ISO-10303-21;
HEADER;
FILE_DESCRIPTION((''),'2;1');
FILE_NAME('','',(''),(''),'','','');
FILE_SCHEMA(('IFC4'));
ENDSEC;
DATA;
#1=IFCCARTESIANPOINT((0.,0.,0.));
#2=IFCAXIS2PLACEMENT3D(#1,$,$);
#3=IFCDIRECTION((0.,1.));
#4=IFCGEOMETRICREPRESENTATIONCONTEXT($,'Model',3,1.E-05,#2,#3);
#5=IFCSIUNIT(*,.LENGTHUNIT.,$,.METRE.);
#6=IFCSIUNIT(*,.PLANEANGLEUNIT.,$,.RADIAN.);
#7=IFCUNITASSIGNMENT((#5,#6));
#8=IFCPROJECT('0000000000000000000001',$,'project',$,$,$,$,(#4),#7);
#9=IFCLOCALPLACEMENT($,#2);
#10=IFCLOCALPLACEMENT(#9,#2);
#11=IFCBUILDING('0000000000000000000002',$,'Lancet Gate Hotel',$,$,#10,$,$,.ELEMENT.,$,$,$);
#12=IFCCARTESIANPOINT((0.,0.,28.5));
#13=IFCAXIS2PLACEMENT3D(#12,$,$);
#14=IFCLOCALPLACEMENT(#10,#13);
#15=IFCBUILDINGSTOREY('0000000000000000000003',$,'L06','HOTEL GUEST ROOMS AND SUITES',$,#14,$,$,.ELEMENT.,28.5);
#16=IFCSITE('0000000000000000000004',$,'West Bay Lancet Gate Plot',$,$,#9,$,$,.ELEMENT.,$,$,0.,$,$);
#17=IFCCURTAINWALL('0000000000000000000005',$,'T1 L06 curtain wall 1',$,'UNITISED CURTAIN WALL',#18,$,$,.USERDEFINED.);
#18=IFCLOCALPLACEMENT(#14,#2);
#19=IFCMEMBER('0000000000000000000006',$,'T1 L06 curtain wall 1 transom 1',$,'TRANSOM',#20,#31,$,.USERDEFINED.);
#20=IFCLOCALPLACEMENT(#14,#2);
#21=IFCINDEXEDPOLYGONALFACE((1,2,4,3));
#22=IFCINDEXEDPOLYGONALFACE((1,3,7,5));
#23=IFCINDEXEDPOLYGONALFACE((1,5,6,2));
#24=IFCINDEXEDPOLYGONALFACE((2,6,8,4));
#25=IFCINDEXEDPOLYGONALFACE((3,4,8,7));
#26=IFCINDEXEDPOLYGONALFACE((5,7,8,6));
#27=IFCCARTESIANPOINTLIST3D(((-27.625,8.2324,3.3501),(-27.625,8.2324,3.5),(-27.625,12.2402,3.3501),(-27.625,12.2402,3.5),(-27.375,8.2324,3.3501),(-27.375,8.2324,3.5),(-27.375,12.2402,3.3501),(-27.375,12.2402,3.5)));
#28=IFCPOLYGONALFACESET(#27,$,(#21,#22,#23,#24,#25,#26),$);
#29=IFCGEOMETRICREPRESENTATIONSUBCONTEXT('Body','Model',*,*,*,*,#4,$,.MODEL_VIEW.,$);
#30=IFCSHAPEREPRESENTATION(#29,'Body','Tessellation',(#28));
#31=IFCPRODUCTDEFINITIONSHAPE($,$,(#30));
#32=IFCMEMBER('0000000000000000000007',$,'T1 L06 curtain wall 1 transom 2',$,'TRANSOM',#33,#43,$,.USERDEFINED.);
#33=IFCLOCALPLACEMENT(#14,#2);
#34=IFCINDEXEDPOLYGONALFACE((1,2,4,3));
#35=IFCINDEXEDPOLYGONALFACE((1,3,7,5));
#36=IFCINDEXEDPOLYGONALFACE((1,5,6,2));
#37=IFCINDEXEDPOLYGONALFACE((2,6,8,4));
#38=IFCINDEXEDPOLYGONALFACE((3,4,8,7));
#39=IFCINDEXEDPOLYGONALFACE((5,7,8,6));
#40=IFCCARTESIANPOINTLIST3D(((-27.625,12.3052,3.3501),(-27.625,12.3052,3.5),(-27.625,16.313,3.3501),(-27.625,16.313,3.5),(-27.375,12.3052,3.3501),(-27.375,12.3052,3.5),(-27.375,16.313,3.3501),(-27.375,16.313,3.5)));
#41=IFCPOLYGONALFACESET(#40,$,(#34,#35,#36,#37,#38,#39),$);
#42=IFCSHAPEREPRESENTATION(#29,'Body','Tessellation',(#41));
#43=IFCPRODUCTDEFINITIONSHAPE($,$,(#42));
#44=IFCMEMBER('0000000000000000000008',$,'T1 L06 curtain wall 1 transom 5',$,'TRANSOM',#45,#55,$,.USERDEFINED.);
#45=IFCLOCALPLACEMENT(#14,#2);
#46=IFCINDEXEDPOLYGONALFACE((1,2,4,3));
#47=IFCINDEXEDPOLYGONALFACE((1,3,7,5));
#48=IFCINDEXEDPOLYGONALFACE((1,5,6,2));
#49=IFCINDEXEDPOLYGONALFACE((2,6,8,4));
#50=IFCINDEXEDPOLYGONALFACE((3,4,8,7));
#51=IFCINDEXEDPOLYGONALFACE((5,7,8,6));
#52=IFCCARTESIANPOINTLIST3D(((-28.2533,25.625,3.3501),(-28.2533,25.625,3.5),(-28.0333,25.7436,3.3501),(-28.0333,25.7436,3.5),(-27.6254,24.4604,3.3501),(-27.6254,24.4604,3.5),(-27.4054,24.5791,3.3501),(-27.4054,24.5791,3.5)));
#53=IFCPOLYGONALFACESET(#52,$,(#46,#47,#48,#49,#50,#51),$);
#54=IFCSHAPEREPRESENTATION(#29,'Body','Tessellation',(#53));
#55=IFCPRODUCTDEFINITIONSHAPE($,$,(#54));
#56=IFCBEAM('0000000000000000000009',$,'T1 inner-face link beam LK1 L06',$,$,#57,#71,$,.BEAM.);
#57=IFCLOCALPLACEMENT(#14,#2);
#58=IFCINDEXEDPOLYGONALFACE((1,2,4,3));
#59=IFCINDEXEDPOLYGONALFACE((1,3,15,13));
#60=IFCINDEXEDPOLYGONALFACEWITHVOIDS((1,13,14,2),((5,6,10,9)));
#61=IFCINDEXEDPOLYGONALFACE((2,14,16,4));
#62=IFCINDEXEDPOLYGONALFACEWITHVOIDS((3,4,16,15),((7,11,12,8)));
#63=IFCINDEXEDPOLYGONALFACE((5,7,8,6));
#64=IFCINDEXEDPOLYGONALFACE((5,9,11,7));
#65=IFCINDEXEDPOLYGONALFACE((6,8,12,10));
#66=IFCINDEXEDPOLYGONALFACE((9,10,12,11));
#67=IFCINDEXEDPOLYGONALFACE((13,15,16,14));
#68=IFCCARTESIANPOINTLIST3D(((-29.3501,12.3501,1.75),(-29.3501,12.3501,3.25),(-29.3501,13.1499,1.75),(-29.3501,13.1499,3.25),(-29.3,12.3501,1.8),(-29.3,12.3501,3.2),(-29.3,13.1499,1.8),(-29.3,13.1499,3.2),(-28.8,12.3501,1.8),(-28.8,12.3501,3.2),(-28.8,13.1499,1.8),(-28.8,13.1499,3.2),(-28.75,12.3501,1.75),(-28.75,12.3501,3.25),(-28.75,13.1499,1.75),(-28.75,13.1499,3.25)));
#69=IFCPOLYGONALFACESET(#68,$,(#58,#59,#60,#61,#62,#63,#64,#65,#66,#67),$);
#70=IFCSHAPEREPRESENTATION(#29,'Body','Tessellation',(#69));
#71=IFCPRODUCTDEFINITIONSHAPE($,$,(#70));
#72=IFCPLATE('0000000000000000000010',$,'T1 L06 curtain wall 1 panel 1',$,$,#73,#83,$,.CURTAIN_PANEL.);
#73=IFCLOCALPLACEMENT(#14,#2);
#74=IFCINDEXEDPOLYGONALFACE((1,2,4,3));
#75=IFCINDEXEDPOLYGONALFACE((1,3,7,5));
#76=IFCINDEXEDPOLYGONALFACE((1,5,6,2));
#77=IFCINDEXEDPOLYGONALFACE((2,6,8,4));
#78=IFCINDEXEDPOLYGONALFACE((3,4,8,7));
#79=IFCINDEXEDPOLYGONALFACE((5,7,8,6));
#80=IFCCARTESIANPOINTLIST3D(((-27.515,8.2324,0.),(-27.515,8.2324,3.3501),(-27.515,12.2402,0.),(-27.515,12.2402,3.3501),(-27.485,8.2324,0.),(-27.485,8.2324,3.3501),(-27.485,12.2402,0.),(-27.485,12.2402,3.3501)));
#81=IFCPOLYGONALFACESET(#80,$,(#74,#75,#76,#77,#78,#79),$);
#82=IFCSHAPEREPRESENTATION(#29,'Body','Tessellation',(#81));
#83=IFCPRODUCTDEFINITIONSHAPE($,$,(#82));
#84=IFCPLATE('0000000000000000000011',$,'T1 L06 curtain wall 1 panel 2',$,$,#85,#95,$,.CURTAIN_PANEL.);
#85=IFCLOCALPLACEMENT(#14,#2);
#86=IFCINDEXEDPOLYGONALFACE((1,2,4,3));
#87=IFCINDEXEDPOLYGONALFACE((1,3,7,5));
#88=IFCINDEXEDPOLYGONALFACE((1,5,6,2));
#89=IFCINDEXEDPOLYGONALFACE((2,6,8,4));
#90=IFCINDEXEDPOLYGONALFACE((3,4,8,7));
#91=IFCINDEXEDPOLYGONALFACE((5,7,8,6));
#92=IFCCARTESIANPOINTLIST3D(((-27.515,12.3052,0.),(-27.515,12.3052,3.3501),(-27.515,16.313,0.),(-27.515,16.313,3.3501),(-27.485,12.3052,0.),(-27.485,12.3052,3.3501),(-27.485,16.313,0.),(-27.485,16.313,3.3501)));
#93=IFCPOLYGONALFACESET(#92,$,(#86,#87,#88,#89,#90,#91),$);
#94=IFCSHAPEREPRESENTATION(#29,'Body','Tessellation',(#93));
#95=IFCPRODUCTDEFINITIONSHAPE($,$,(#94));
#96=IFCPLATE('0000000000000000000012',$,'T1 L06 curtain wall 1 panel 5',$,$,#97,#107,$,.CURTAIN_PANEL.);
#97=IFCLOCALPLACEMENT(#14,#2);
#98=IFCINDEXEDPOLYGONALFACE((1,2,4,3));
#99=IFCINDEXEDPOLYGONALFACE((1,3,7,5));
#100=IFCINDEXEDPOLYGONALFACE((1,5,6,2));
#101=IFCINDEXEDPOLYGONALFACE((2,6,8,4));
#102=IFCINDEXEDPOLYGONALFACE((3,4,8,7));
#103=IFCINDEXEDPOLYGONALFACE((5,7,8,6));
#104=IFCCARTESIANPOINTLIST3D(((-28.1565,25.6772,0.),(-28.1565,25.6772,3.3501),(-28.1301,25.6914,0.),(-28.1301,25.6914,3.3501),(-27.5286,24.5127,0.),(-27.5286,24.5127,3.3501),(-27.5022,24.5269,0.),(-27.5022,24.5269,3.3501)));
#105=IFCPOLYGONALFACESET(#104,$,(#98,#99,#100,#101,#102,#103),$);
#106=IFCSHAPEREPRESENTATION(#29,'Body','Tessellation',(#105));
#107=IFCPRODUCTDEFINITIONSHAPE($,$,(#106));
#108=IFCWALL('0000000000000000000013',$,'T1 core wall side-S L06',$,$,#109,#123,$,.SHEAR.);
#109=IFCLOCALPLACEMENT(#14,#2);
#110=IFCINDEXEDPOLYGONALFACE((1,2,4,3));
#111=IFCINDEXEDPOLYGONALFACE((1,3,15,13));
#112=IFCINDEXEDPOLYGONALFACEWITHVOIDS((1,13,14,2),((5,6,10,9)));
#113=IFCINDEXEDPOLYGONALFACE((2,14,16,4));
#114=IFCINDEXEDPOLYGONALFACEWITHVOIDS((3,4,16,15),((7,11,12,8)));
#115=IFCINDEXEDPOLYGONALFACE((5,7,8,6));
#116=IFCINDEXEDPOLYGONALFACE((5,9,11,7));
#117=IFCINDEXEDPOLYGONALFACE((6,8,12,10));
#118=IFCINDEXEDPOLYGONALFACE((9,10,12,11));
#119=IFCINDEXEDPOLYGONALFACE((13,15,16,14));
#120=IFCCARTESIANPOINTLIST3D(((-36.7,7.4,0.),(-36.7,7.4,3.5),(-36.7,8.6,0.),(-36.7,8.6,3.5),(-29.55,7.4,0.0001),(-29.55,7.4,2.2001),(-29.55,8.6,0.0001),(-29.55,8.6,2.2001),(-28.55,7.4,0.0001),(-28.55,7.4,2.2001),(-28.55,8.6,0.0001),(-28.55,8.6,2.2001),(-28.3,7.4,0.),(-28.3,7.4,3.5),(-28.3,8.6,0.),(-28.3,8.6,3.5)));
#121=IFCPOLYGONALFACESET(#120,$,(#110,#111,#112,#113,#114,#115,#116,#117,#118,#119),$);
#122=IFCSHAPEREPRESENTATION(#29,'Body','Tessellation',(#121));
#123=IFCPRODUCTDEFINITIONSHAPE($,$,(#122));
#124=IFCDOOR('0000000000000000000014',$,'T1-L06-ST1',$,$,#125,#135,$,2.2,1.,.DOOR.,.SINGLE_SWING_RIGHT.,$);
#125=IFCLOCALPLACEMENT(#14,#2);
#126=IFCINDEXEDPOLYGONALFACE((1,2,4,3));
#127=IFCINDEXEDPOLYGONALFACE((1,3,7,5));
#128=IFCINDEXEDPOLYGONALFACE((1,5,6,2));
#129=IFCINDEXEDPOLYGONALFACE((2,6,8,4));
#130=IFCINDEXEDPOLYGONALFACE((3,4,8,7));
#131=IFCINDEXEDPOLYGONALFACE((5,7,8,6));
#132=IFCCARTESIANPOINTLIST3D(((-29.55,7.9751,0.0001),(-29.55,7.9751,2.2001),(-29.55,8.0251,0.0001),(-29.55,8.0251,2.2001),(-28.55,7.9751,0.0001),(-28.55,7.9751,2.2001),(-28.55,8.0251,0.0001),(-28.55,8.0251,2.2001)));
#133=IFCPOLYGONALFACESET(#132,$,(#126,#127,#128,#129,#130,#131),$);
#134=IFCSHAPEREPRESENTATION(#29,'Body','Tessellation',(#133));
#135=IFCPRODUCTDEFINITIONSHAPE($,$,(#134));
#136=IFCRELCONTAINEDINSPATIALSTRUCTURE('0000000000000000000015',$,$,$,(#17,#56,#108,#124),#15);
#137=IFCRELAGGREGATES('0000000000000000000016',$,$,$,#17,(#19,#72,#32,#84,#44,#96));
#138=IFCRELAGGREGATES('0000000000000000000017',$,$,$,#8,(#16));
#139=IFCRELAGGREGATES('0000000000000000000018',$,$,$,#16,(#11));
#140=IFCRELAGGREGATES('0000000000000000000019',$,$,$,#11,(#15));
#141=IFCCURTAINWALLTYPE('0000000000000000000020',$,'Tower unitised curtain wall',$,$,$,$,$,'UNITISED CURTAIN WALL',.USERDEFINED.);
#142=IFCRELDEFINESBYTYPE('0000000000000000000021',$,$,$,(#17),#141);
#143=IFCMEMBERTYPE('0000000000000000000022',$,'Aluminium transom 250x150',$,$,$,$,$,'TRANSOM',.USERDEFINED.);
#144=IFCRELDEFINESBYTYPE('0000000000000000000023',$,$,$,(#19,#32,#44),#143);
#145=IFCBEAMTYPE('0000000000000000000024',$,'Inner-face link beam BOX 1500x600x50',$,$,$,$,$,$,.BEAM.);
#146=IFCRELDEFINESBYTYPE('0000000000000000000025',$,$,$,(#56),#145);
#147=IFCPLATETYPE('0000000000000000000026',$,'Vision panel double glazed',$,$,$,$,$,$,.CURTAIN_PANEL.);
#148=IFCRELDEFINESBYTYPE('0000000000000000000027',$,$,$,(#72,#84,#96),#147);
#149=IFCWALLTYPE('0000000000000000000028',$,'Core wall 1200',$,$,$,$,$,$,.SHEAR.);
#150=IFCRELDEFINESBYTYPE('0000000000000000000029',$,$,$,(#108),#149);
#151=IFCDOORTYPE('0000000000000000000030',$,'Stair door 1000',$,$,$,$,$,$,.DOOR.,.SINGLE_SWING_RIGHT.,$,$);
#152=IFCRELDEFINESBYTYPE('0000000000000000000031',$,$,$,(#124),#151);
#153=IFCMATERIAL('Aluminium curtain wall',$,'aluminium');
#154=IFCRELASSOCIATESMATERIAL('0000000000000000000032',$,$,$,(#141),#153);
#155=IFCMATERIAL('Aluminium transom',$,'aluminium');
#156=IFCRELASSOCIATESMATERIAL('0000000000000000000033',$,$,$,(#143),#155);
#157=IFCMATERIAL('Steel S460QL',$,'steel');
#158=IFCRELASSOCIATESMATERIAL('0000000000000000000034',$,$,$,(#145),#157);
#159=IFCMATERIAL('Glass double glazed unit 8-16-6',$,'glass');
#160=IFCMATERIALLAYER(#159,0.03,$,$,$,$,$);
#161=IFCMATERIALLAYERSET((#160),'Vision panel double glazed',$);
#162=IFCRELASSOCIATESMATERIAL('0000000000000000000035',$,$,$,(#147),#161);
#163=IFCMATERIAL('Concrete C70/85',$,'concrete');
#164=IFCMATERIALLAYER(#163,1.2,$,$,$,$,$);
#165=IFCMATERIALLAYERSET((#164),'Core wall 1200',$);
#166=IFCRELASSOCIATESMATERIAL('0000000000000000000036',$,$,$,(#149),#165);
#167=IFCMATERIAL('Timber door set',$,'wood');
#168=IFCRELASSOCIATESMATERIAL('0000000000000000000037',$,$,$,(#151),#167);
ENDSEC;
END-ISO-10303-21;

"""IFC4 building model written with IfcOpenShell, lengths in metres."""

from ifc_helpers import new_model, si_unit, direction, frame, frame_2d, origin, origin_2d, place, context, subcontext, project, spatial, rectangle, hollow_rectangle, extrude, material, layer, layer_set, material_profile, profile_set, type_object, element, fill, aggregate, save


model = new_model("IFC4")

# Units and contexts
model_context = context("Model", 3, precision=1e-05, world=origin(), true_north=direction((0.0, 1.0)))
body_context = subcontext(model_context, "Body", "Model", "MODEL_VIEW")
ifc_project = project(units=[si_unit("LENGTHUNIT", "METRE"), si_unit("PLANEANGLEUNIT", "RADIAN")], contexts=[model_context])

# Site, building, storey
site_placement = place(None, origin())
site = spatial("IfcSite", under=ifc_project, at=site_placement, Name="West Bay Lancet Gate Plot", CompositionType="ELEMENT", RefElevation=0.0)
building_placement = place(site_placement, origin())
building = spatial("IfcBuilding", under=site, at=building_placement, Name="Lancet Gate Hotel", CompositionType="ELEMENT")
storey_placement = place(building_placement, frame((0.0, 0.0, 28.5)))
storey = spatial("IfcBuildingStorey", under=building, at=storey_placement, Name="L06", Description="HOTEL GUEST ROOMS AND SUITES", CompositionType="ELEMENT", Elevation=28.5)

# Curtain wall, members
ifc_material_1 = material(Name="Aluminium curtain wall", Category="aluminium")
curtain_wall_type = type_object("IfcCurtainWallType", Name="Tower unitised curtain wall", ElementType="UNITISED CURTAIN WALL", PredefinedType="USERDEFINED", material=ifc_material_1)
curtain_wall_placement = place(storey_placement, origin())
curtain_wall = element("IfcCurtainWall", 1, at=curtain_wall_placement, inside=storey, type_object=curtain_wall_type, Name="T1 L06 curtain wall 1", ObjectType="UNITISED CURTAIN WALL", PredefinedType="USERDEFINED")
ifc_material_2 = material(Name="Aluminium transom", Category="aluminium")
ifc_material_profile_1 = material_profile(ifc_material_2, rectangle(XDim=0.25, YDim=0.1499, at=origin_2d()), Name="TRANSOM 250x150")
ifc_profile_set_1 = profile_set([ifc_material_profile_1], Name="Aluminium transom")
member_type_1 = type_object("IfcMemberType", Name="Aluminium transom 250x150", ElementType="TRANSOM", PredefinedType="USERDEFINED", material=ifc_profile_set_1)
member_1_placement = place(storey_placement, frame((-27.5, 8.2324, 3.425), z_axis=(0.0, 1.0, 0.0), x_axis=(-1.0, 0.0, 0.0)))
member_1 = element("IfcMember", 2, at=member_1_placement, type_object=member_type_1, Name="T1 L06 curtain wall 1 transom 1", ObjectType="TRANSOM", PredefinedType="USERDEFINED", context=body_context, shape_type="SweptSolid", body=[
    extrude(rectangle(XDim=0.25, YDim=0.1499, at=origin_2d()), origin(), (0.0, 0.0, 1.0), 4.0078),
])
member_2_placement = place(storey_placement, frame((-27.5, 12.3052, 3.425), z_axis=(0.0, 1.0, 0.0), x_axis=(-1.0, 0.0, 0.0)))
member_2 = element("IfcMember", 3, at=member_2_placement, type_object=member_type_1, Name="T1 L06 curtain wall 1 transom 2", ObjectType="TRANSOM", PredefinedType="USERDEFINED", context=body_context, shape_type="SweptSolid", body=[
    extrude(rectangle(XDim=0.25, YDim=0.1499, at=origin_2d()), origin(), (0.0, 0.0, 1.0), 4.0078),
])
member_3_placement = place(storey_placement, frame((-27.5154, 24.5198, 3.425), z_axis=(-0.474606, 0.880198, 0.0), x_axis=(-0.880198, -0.474606, 0.0)))
member_3 = element("IfcMember", 4, at=member_3_placement, type_object=member_type_1, Name="T1 L06 curtain wall 1 transom 5", ObjectType="TRANSOM", PredefinedType="USERDEFINED", context=body_context, shape_type="SweptSolid", body=[
    extrude(rectangle(XDim=0.25, YDim=0.1499, at=origin_2d()), origin(), (0.0, 0.0, 1.0), 1.323),
])

# Beam
ifc_material_3 = material(Name="Steel S460QL", Category="steel")
ifc_material_profile_2 = material_profile(ifc_material_3, hollow_rectangle(XDim=0.6001, YDim=1.5, WallThickness=0.05, at=origin_2d()), Name="BOX 1500x600x50")
ifc_profile_set_2 = profile_set([ifc_material_profile_2], Name="Steel S460QL")
beam_type = type_object("IfcBeamType", Name="Inner-face link beam BOX 1500x600x50", PredefinedType="BEAM", material=ifc_profile_set_2)
beam_placement = place(storey_placement, frame((-29.05, 13.1499, 2.5), z_axis=(0.0, -1.0, 0.0), x_axis=(1.0, 0.0, 0.0)))
element("IfcBeam", 5, at=beam_placement, inside=storey, type_object=beam_type, Name="T1 inner-face link beam LK1 L06", PredefinedType="BEAM", context=body_context, shape_type="SweptSolid", body=[
    extrude(hollow_rectangle(XDim=0.6001, YDim=1.5, WallThickness=0.05, at=origin_2d()), origin(), (0.0, 0.0, 1.0), 0.7998),
])

# Plates
ifc_material_4 = material(Name="Glass double glazed unit 8-16-6", Category="glass")
ifc_layer_1 = layer(ifc_material_4, 0.03)
ifc_layer_set_1 = layer_set([ifc_layer_1], Name="Vision panel double glazed")
plate_type = type_object("IfcPlateType", Name="Vision panel double glazed", PredefinedType="CURTAIN_PANEL", material=ifc_layer_set_1)
plate_1_placement = place(storey_placement, frame((-27.5, 10.2363, 0.0), z_axis=(0.0, 0.0, 1.0), x_axis=(0.0, 1.0, 0.0)))
plate_1 = element("IfcPlate", 6, at=plate_1_placement, type_object=plate_type, Name="T1 L06 curtain wall 1 panel 1", PredefinedType="CURTAIN_PANEL", context=body_context, shape_type="SweptSolid", body=[
    extrude(rectangle(XDim=4.0078, YDim=0.03, at=origin_2d()), origin(), (0.0, 0.0, 1.0), 3.3501),
])
plate_2_placement = place(storey_placement, frame((-27.5, 14.3091, 0.0), z_axis=(0.0, 0.0, 1.0), x_axis=(0.0, 1.0, 0.0)))
plate_2 = element("IfcPlate", 7, at=plate_2_placement, type_object=plate_type, Name="T1 L06 curtain wall 1 panel 2", PredefinedType="CURTAIN_PANEL", context=body_context, shape_type="SweptSolid", body=[
    extrude(rectangle(XDim=4.0078, YDim=0.03, at=origin_2d()), origin(), (0.0, 0.0, 1.0), 3.3501),
])
plate_3_placement = place(storey_placement, frame((-27.8293, 25.1021, 0.0), z_axis=(0.0, 0.0, 1.0), x_axis=(-0.474631, 0.880185, 0.0)))
plate_3 = element("IfcPlate", 8, at=plate_3_placement, type_object=plate_type, Name="T1 L06 curtain wall 1 panel 5", PredefinedType="CURTAIN_PANEL", context=body_context, shape_type="SweptSolid", body=[
    extrude(rectangle(XDim=1.323, YDim=0.03, at=origin_2d()), origin(), (0.0, 0.0, 1.0), 3.3501),
])
aggregate(curtain_wall, [member_1, plate_1, member_2, plate_2, member_3, plate_3])

# Wall, opening, door
ifc_material_5 = material(Name="Concrete C70/85", Category="concrete")
ifc_layer_2 = layer(ifc_material_5, 1.2)
ifc_layer_set_2 = layer_set([ifc_layer_2], Name="Core wall 1200")
wall_type_1 = type_object("IfcWallType", Name="Core wall 1200", PredefinedType="SHEAR", material=ifc_layer_set_2)
wall_1_placement = place(storey_placement, frame((-28.3, 8.0, 0.0), z_axis=(0.0, 0.0, 1.0), x_axis=(-1.0, 0.0, 0.0)))
wall_1 = element("IfcWall", 9, at=wall_1_placement, inside=storey, type_object=wall_type_1, Name="T1 core wall side-S L06", PredefinedType="SHEAR", context=body_context, shape_type="SweptSolid", body=[
    extrude(rectangle(XDim=8.3999, YDim=1.2, at=frame_2d((4.2, 0.0))), origin(), (0.0, 0.0, 1.0), 3.5),
])
opening_1_placement = place(wall_1_placement, frame((0.25, 0.0, 0.0)))
opening_1 = element("IfcOpeningElement", 10, at=opening_1_placement, cuts=wall_1, PredefinedType="OPENING", context=body_context, shape_type="SweptSolid", body=[
    extrude(rectangle(XDim=1.0, YDim=2.2, at=frame_2d((0.5, 1.1001))), frame((0.0, 0.6099, 0.0), z_axis=(0.0, -1.0, 0.0), x_axis=(1.0, 0.0, 0.0)), (0.0, 0.0, 1.0), 1.22),
])
ifc_material_6 = material(Name="Timber door set", Category="wood")
door_type = type_object("IfcDoorType", Name="Stair door 1000", OperationType="SINGLE_SWING_RIGHT", PredefinedType="DOOR", material=ifc_material_6)
door_placement = place(opening_1_placement, origin())
door = element("IfcDoor", 11, at=door_placement, inside=storey, type_object=door_type, Name="T1-L06-ST1", OperationType="SINGLE_SWING_RIGHT", OverallHeight=2.2, OverallWidth=1.0, PredefinedType="DOOR", context=body_context, shape_type="SweptSolid", body=[
    extrude(rectangle(XDim=1.0, YDim=2.2, at=frame_2d((0.5, 1.1001))), frame((0.0, 0.0249, 0.0), z_axis=(0.0, -1.0, 0.0), x_axis=(1.0, 0.0, 0.0)), (0.0, 0.0, 1.0), 0.05),
])
fill(opening_1, door)

save(model, "model.ifc")
